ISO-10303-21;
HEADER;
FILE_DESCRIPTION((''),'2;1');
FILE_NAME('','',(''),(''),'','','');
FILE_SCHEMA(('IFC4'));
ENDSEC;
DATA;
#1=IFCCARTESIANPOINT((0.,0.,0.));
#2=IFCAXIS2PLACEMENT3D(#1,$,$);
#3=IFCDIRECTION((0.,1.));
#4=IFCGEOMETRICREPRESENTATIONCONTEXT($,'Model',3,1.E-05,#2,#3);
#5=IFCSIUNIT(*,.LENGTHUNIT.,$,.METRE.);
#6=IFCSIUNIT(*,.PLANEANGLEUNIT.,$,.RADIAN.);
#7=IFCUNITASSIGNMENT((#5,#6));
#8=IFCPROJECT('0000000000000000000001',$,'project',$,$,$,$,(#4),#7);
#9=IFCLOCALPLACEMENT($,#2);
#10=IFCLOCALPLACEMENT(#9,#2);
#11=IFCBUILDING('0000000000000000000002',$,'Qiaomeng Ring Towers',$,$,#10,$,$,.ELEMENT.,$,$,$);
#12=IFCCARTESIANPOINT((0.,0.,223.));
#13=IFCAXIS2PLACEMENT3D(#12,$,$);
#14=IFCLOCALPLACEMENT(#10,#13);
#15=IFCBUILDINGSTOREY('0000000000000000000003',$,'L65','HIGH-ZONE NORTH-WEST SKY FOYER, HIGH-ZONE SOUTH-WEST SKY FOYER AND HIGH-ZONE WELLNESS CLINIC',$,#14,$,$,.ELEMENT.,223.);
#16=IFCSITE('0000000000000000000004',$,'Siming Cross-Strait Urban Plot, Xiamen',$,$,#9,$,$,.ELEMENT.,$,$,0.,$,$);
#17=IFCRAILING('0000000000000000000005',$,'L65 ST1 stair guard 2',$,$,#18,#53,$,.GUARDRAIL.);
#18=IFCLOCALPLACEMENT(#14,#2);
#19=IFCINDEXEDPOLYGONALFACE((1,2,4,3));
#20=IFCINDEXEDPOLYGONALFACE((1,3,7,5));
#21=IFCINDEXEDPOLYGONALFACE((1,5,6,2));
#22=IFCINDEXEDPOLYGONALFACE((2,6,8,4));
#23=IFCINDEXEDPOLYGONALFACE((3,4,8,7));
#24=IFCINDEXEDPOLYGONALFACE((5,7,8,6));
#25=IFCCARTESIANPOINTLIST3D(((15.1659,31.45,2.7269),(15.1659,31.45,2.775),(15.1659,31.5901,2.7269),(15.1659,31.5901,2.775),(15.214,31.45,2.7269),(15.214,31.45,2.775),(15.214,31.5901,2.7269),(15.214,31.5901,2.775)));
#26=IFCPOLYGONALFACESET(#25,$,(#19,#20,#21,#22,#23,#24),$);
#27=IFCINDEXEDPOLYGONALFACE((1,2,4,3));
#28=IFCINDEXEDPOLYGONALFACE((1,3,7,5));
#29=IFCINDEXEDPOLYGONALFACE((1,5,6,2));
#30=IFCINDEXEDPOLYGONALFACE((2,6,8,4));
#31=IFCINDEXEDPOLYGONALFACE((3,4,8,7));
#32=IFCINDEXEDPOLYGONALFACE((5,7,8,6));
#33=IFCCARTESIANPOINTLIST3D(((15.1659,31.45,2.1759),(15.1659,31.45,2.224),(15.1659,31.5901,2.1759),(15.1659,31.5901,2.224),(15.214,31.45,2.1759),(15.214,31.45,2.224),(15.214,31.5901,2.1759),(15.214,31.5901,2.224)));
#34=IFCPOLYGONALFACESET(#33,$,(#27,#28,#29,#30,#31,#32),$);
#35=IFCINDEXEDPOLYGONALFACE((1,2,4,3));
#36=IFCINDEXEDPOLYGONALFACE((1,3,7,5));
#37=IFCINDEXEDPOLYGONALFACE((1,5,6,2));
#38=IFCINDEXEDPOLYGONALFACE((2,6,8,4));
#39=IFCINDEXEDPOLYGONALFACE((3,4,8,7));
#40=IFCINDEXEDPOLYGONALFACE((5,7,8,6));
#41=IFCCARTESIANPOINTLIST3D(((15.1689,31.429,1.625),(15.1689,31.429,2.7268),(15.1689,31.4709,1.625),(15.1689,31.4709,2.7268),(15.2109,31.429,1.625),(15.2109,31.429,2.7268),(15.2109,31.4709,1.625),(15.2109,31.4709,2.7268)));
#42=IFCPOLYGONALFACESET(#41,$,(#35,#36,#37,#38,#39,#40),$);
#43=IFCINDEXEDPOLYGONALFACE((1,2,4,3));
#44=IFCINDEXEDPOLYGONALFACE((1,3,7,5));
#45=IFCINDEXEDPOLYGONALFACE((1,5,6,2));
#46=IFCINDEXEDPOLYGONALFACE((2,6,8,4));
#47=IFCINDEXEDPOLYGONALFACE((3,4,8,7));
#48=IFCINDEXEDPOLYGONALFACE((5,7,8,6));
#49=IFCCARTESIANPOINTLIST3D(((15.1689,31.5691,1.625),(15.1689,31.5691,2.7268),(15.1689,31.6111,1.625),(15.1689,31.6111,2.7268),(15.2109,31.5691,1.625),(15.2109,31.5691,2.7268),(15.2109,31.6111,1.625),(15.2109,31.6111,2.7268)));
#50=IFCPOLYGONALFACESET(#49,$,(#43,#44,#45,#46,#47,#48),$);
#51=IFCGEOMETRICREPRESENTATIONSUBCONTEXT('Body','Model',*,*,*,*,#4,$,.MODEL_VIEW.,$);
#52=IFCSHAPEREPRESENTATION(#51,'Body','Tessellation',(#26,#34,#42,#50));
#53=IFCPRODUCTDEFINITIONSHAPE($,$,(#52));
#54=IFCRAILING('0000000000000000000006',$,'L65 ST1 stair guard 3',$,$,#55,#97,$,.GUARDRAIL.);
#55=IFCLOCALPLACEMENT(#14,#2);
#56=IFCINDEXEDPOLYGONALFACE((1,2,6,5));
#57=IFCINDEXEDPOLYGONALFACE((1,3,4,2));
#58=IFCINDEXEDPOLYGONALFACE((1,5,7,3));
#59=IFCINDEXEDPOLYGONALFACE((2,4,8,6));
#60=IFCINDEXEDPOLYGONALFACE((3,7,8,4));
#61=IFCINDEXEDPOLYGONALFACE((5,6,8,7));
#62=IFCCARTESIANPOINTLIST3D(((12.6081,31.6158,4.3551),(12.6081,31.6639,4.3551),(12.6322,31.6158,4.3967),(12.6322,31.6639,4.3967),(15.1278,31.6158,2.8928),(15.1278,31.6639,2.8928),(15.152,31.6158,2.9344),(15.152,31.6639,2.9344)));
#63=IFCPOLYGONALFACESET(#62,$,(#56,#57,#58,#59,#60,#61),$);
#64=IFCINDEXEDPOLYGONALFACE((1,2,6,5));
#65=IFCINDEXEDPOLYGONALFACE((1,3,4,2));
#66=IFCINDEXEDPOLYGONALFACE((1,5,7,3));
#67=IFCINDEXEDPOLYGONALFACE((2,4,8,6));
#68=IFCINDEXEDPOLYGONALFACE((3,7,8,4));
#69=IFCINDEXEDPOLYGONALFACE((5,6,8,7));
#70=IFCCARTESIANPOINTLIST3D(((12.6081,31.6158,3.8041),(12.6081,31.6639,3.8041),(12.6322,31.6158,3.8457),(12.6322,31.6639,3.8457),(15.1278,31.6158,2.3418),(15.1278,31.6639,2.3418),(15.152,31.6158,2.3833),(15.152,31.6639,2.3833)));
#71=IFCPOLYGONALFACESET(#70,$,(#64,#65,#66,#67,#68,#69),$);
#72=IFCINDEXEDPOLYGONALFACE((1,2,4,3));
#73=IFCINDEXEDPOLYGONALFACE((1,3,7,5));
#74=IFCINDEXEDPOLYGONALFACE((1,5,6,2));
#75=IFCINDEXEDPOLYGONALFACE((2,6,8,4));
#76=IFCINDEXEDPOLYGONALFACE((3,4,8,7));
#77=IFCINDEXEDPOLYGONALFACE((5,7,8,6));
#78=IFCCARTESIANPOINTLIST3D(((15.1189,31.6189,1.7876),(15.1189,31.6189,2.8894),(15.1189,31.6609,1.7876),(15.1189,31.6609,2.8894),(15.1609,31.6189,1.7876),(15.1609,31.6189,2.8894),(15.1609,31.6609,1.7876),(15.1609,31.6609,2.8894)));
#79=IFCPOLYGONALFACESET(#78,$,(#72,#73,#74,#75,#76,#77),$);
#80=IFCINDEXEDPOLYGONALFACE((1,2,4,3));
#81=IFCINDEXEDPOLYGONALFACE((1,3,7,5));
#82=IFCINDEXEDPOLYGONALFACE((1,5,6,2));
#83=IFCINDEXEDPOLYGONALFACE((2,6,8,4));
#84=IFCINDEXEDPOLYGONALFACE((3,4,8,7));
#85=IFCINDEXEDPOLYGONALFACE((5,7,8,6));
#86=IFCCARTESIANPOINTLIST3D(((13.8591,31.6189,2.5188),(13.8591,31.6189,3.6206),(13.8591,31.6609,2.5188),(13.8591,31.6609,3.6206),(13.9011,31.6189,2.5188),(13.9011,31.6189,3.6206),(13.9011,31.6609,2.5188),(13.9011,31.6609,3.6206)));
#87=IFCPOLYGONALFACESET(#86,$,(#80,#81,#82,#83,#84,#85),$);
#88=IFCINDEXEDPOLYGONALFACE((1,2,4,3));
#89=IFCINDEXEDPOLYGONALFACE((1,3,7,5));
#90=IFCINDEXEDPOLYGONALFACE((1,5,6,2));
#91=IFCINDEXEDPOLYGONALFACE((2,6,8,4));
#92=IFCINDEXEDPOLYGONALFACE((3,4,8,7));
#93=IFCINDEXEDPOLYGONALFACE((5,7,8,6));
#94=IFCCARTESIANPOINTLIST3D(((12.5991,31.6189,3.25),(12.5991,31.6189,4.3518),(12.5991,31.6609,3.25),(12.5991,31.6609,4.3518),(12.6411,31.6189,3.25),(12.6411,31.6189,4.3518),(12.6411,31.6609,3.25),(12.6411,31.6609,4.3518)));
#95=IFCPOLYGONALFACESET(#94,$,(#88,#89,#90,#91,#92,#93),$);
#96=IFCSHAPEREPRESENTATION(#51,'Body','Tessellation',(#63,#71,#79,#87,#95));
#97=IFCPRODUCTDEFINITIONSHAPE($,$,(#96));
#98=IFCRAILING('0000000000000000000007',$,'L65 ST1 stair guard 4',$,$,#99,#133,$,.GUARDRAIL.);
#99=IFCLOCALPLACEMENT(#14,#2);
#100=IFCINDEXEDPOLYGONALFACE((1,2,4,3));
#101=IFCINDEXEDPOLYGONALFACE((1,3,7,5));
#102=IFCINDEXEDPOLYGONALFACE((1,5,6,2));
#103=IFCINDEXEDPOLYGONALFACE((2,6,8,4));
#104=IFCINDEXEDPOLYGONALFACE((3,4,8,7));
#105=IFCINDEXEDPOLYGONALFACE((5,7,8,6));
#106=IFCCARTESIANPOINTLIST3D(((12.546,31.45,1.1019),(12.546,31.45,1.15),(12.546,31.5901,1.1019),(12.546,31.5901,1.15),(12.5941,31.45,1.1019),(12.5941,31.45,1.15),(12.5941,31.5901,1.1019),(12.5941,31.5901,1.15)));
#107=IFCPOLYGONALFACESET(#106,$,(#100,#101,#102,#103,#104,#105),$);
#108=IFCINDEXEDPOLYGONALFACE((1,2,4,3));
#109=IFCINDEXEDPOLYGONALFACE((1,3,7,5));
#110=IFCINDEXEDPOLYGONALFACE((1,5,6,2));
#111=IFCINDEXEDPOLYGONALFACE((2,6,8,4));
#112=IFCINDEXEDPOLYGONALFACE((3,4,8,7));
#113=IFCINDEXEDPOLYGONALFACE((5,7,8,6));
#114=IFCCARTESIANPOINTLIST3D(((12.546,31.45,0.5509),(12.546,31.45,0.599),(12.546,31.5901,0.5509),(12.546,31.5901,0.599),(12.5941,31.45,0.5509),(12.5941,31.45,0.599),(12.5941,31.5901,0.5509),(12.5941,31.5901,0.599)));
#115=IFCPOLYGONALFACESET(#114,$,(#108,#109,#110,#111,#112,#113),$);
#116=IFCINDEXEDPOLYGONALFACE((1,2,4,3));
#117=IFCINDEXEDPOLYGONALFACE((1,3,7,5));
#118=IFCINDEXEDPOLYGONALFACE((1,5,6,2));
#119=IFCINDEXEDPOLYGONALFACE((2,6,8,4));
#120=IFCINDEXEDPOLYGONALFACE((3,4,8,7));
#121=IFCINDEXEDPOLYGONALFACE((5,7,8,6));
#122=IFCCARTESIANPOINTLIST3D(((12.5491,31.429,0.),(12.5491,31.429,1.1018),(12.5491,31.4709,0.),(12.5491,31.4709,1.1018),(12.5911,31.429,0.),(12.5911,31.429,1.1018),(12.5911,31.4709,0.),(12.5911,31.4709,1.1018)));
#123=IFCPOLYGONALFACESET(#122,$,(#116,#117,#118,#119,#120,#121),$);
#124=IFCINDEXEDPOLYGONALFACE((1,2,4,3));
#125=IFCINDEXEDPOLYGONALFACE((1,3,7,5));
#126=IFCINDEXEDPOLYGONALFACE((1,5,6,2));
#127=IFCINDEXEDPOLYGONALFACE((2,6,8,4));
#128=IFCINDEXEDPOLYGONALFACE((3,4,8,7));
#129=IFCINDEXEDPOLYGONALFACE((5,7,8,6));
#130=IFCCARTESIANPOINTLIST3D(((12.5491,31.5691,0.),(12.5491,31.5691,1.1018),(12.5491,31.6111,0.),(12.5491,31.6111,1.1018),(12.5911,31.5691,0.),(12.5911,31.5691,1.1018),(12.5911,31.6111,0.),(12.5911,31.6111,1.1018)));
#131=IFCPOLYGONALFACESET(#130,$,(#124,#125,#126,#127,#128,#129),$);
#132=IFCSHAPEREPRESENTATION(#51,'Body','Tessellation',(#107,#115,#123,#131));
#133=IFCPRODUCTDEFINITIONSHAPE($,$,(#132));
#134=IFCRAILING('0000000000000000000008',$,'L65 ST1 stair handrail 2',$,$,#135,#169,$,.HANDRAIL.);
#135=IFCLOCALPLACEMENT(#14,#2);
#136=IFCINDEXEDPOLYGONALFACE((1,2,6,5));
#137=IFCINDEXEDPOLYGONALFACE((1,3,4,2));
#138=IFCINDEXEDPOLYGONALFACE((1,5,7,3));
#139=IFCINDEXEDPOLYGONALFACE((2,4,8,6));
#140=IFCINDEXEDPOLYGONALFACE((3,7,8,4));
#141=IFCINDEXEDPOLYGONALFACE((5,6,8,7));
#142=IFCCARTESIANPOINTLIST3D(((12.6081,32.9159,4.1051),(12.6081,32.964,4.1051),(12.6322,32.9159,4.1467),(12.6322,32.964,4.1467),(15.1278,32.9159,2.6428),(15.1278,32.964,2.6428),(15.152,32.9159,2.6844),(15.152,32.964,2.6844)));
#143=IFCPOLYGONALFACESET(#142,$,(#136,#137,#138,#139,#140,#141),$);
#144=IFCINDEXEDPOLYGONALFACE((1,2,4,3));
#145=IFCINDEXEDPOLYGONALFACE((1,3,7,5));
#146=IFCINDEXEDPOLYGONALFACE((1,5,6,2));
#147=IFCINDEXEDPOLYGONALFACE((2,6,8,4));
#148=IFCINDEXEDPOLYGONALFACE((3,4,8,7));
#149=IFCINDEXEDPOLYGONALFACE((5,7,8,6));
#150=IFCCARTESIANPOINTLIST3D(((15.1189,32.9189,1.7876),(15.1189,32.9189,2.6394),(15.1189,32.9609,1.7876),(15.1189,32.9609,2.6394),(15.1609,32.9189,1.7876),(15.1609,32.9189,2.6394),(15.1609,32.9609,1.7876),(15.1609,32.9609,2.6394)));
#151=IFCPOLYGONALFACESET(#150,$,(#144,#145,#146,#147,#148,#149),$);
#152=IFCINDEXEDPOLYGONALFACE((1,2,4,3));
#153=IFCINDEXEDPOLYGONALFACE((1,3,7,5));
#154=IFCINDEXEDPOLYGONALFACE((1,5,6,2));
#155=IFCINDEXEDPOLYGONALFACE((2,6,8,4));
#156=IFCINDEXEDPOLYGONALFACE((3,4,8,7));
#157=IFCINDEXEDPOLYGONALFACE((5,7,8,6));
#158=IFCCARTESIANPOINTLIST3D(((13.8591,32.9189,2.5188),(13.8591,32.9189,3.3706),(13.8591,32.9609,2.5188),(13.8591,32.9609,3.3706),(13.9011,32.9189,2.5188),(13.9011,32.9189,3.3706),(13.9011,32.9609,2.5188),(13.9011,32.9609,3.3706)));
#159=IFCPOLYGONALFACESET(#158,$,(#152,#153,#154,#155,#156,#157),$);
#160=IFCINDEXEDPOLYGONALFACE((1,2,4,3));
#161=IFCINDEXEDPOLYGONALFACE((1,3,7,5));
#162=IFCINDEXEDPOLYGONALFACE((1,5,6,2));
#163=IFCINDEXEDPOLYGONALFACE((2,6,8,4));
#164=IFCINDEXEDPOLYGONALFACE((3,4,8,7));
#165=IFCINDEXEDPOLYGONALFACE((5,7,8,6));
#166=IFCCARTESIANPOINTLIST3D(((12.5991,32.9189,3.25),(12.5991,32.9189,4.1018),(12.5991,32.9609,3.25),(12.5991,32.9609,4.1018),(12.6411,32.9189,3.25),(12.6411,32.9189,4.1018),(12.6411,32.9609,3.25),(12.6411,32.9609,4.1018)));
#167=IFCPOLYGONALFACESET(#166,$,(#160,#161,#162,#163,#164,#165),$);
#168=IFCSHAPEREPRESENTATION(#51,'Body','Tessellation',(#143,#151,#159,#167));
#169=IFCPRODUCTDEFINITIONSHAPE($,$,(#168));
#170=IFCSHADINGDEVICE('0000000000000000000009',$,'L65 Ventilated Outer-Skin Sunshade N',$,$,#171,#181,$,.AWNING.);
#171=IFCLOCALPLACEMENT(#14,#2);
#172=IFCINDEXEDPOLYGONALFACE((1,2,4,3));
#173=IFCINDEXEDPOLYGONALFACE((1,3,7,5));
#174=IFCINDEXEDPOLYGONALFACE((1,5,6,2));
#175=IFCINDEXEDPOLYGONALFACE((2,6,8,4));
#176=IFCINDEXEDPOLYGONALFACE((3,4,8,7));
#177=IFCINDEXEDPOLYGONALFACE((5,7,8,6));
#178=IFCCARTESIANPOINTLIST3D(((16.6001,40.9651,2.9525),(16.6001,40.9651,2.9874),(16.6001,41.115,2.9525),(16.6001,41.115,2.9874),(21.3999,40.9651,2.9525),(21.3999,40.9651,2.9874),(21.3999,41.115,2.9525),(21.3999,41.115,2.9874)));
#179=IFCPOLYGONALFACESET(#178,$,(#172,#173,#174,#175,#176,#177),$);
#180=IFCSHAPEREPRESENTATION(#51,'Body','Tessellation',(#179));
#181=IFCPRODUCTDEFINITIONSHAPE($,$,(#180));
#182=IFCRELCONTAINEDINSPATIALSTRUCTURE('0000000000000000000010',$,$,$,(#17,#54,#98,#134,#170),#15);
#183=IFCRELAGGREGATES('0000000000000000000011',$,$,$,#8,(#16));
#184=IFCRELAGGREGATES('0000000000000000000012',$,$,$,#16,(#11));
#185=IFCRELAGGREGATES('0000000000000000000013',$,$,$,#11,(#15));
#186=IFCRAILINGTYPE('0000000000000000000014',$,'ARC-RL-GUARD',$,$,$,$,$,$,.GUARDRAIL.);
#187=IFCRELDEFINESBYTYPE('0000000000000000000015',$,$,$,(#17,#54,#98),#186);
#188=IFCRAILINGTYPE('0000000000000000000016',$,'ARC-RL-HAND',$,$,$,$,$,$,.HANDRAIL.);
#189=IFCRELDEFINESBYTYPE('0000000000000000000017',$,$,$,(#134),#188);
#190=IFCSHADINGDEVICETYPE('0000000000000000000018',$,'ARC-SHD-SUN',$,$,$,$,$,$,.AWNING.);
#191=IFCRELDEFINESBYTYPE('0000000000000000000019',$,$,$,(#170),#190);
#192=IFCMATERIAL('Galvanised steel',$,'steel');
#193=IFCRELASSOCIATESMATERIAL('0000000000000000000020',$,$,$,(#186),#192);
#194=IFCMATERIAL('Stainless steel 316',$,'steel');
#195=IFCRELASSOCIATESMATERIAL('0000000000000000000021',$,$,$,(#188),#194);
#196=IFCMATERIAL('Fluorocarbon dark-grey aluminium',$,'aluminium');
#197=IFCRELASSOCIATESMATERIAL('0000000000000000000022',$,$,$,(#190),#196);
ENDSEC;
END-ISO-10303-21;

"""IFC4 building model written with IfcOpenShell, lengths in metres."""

from ifc_helpers import new_model, si_unit, direction, frame, origin, origin_2d, place, context, subcontext, project, spatial, rectangle, extrude, source, transform, mapped, material, material_profile, profile_set, type_object, element, save


model = new_model("IFC4")

# Units and contexts
model_context = context("Model", 3, precision=1e-05, world=origin(), true_north=direction((0.0, 1.0)))
body_context = subcontext(model_context, "Body", "Model", "MODEL_VIEW")
ifc_project = project(units=[si_unit("LENGTHUNIT", "METRE"), si_unit("PLANEANGLEUNIT", "RADIAN")], contexts=[model_context])

# Site, building, storey
site_placement = place(None, origin())
site = spatial("IfcSite", under=ifc_project, at=site_placement, Name="Siming Cross-Strait Urban Plot, Xiamen", CompositionType="ELEMENT", RefElevation=0.0)
building_placement = place(site_placement, origin())
building = spatial("IfcBuilding", under=site, at=building_placement, Name="Qiaomeng Ring Towers", CompositionType="ELEMENT")
storey_placement = place(building_placement, frame((0.0, 0.0, 223.0)))
storey = spatial("IfcBuildingStorey", under=building, at=storey_placement, Name="L65", Description="HIGH-ZONE NORTH-WEST SKY FOYER, HIGH-ZONE SOUTH-WEST SKY FOYER AND HIGH-ZONE WELLNESS CLINIC", CompositionType="ELEMENT", Elevation=223.0)

# Shared definitions
ifc_material_1 = material(Name="Galvanised steel", Category="steel")

# Railings
railing_type_1 = type_object("IfcRailingType", Name="ARC-RL-GUARD", PredefinedType="GUARDRAIL", material=ifc_material_1)
railing_1_placement = place(storey_placement, frame((15.1899, 31.45, 1.625)))
element("IfcRailing", 1, at=railing_1_placement, inside=storey, type_object=railing_type_1, Name="L65 ST1 stair guard 2", PredefinedType="GUARDRAIL", context=body_context, shape_type="SweptSolid", body=[
    extrude(rectangle(XDim=0.0481, YDim=0.0481, at=origin_2d()), frame((0.0, 0.0, 1.126), z_axis=(0.0, 1.0, 0.0), x_axis=(-1.0, 0.0, 0.0)), (0.0, 0.0, 1.0), 0.1401),
    extrude(rectangle(XDim=0.0481, YDim=0.0481, at=origin_2d()), frame((0.0, 0.0, 0.575), z_axis=(0.0, 1.0, 0.0), x_axis=(-1.0, 0.0, 0.0)), (0.0, 0.0, 1.0), 0.1401),
    extrude(rectangle(XDim=0.042, YDim=0.042, at=origin_2d()), origin(), (0.0, 0.0, 1.0), 1.1018),
    extrude(rectangle(XDim=0.042, YDim=0.042, at=origin_2d()), frame((0.0, 0.1401, 0.0)), (0.0, 0.0, 1.0), 1.1018),
])
railing_2_placement = place(storey_placement, frame((15.1399, 31.6399, 1.7876)))
element("IfcRailing", 2, at=railing_2_placement, inside=storey, type_object=railing_type_1, Name="L65 ST1 stair guard 3", PredefinedType="GUARDRAIL", context=body_context, shape_type="SweptSolid", body=[
    extrude(rectangle(XDim=0.0481, YDim=0.0481, at=origin_2d()), frame((0.0, 0.0, 1.126), z_axis=(-0.864892, 0.0, 0.501958), x_axis=(0.0, -1.0, 0.0)), (0.0, 0.0, 1.0), 2.9133),
    extrude(rectangle(XDim=0.0481, YDim=0.0481, at=origin_2d()), frame((0.0, 0.0, 0.575), z_axis=(-0.864892, 0.0, 0.501958), x_axis=(0.0, -1.0, 0.0)), (0.0, 0.0, 1.0), 2.9133),
    extrude(rectangle(XDim=0.042, YDim=0.042, at=origin_2d()), origin(), (0.0, 0.0, 1.0), 1.1018),
    extrude(rectangle(XDim=0.042, YDim=0.042, at=origin_2d()), frame((-1.2598, 0.0, 0.7312)), (0.0, 0.0, 1.0), 1.1018),
    extrude(rectangle(XDim=0.042, YDim=0.042, at=origin_2d()), frame((-2.5198, 0.0, 1.4624)), (0.0, 0.0, 1.0), 1.1018),
])
railing_3_placement = place(storey_placement, frame((12.5701, 31.45, 0.0)))
element("IfcRailing", 3, at=railing_3_placement, inside=storey, type_object=railing_type_1, Name="L65 ST1 stair guard 4", PredefinedType="GUARDRAIL", context=body_context, shape_type="SweptSolid", body=[
    extrude(rectangle(XDim=0.0481, YDim=0.0481, at=origin_2d()), frame((0.0, 0.0, 1.126), z_axis=(0.0, 1.0, 0.0), x_axis=(-1.0, 0.0, 0.0)), (0.0, 0.0, 1.0), 0.1401),
    extrude(rectangle(XDim=0.0481, YDim=0.0481, at=origin_2d()), frame((0.0, 0.0, 0.575), z_axis=(0.0, 1.0, 0.0), x_axis=(-1.0, 0.0, 0.0)), (0.0, 0.0, 1.0), 0.1401),
    extrude(rectangle(XDim=0.042, YDim=0.042, at=origin_2d()), origin(), (0.0, 0.0, 1.0), 1.1018),
    extrude(rectangle(XDim=0.042, YDim=0.042, at=origin_2d()), frame((0.0, 0.1401, 0.0)), (0.0, 0.0, 1.0), 1.1018),
])
ifc_material_2 = material(Name="Stainless steel 316", Category="steel")
railing_type_2 = type_object("IfcRailingType", Name="ARC-RL-HAND", PredefinedType="HANDRAIL", material=ifc_material_2)
railing_4_placement = place(storey_placement, frame((15.1399, 32.9399, 1.7876)))
element("IfcRailing", 4, at=railing_4_placement, inside=storey, type_object=railing_type_2, Name="L65 ST1 stair handrail 2", PredefinedType="HANDRAIL", context=body_context, shape_type="SweptSolid", body=[
    extrude(rectangle(XDim=0.0481, YDim=0.0481, at=origin_2d()), frame((0.0, 0.0, 0.876), z_axis=(-0.864892, 0.0, 0.501958), x_axis=(0.0, -1.0, 0.0)), (0.0, 0.0, 1.0), 2.9133),
    extrude(rectangle(XDim=0.042, YDim=0.042, at=origin_2d()), origin(), (0.0, 0.0, 1.0), 0.8518),
    extrude(rectangle(XDim=0.042, YDim=0.042, at=origin_2d()), frame((-1.2598, 0.0, 0.7312)), (0.0, 0.0, 1.0), 0.8518),
    extrude(rectangle(XDim=0.042, YDim=0.042, at=origin_2d()), frame((-2.5198, 0.0, 1.4624)), (0.0, 0.0, 1.0), 0.8518),
])

# Shading device
ifc_material_3 = material(Name="Fluorocarbon dark-grey aluminium", Category="aluminium")
ifc_material_profile_1 = material_profile(ifc_material_3, rectangle(XDim=0.1499, YDim=0.0349, at=origin_2d()), Name="LV BLADE 150x35")
ifc_profile_set_1 = profile_set([ifc_material_profile_1], Name="Fluorocarbon dark-grey aluminium")
shading_device_type = type_object("IfcShadingDeviceType", Name="ARC-SHD-SUN", PredefinedType="AWNING", material=ifc_profile_set_1)
shared_shape_1 = source(origin(), body_context, "Body", "SweptSolid", [
    extrude(rectangle(XDim=0.1499, YDim=0.0349, at=origin_2d()), origin(), (0.0, 0.0, 1.0), 4.7998),
])
shading_device_placement = place(storey_placement, frame((16.6001, 41.04, 2.97), z_axis=(1.0, 0.0, 0.0), x_axis=(0.0, 1.0, 0.0)))
element("IfcShadingDevice", 5, at=shading_device_placement, inside=storey, type_object=shading_device_type, Name="L65 Ventilated Outer-Skin Sunshade N", PredefinedType="AWNING", context=body_context, shape_type="MappedRepresentation", body=[
    mapped(shared_shape_1, transform((0.0, 0.0, 0.0), x_axis=(1.0, 0.0, 0.0), y_axis=(0.0, 1.0, 0.0), z_axis=(0.0, 0.0, 1.0), scale=1.0)),
])

save(model, "model.ifc")
